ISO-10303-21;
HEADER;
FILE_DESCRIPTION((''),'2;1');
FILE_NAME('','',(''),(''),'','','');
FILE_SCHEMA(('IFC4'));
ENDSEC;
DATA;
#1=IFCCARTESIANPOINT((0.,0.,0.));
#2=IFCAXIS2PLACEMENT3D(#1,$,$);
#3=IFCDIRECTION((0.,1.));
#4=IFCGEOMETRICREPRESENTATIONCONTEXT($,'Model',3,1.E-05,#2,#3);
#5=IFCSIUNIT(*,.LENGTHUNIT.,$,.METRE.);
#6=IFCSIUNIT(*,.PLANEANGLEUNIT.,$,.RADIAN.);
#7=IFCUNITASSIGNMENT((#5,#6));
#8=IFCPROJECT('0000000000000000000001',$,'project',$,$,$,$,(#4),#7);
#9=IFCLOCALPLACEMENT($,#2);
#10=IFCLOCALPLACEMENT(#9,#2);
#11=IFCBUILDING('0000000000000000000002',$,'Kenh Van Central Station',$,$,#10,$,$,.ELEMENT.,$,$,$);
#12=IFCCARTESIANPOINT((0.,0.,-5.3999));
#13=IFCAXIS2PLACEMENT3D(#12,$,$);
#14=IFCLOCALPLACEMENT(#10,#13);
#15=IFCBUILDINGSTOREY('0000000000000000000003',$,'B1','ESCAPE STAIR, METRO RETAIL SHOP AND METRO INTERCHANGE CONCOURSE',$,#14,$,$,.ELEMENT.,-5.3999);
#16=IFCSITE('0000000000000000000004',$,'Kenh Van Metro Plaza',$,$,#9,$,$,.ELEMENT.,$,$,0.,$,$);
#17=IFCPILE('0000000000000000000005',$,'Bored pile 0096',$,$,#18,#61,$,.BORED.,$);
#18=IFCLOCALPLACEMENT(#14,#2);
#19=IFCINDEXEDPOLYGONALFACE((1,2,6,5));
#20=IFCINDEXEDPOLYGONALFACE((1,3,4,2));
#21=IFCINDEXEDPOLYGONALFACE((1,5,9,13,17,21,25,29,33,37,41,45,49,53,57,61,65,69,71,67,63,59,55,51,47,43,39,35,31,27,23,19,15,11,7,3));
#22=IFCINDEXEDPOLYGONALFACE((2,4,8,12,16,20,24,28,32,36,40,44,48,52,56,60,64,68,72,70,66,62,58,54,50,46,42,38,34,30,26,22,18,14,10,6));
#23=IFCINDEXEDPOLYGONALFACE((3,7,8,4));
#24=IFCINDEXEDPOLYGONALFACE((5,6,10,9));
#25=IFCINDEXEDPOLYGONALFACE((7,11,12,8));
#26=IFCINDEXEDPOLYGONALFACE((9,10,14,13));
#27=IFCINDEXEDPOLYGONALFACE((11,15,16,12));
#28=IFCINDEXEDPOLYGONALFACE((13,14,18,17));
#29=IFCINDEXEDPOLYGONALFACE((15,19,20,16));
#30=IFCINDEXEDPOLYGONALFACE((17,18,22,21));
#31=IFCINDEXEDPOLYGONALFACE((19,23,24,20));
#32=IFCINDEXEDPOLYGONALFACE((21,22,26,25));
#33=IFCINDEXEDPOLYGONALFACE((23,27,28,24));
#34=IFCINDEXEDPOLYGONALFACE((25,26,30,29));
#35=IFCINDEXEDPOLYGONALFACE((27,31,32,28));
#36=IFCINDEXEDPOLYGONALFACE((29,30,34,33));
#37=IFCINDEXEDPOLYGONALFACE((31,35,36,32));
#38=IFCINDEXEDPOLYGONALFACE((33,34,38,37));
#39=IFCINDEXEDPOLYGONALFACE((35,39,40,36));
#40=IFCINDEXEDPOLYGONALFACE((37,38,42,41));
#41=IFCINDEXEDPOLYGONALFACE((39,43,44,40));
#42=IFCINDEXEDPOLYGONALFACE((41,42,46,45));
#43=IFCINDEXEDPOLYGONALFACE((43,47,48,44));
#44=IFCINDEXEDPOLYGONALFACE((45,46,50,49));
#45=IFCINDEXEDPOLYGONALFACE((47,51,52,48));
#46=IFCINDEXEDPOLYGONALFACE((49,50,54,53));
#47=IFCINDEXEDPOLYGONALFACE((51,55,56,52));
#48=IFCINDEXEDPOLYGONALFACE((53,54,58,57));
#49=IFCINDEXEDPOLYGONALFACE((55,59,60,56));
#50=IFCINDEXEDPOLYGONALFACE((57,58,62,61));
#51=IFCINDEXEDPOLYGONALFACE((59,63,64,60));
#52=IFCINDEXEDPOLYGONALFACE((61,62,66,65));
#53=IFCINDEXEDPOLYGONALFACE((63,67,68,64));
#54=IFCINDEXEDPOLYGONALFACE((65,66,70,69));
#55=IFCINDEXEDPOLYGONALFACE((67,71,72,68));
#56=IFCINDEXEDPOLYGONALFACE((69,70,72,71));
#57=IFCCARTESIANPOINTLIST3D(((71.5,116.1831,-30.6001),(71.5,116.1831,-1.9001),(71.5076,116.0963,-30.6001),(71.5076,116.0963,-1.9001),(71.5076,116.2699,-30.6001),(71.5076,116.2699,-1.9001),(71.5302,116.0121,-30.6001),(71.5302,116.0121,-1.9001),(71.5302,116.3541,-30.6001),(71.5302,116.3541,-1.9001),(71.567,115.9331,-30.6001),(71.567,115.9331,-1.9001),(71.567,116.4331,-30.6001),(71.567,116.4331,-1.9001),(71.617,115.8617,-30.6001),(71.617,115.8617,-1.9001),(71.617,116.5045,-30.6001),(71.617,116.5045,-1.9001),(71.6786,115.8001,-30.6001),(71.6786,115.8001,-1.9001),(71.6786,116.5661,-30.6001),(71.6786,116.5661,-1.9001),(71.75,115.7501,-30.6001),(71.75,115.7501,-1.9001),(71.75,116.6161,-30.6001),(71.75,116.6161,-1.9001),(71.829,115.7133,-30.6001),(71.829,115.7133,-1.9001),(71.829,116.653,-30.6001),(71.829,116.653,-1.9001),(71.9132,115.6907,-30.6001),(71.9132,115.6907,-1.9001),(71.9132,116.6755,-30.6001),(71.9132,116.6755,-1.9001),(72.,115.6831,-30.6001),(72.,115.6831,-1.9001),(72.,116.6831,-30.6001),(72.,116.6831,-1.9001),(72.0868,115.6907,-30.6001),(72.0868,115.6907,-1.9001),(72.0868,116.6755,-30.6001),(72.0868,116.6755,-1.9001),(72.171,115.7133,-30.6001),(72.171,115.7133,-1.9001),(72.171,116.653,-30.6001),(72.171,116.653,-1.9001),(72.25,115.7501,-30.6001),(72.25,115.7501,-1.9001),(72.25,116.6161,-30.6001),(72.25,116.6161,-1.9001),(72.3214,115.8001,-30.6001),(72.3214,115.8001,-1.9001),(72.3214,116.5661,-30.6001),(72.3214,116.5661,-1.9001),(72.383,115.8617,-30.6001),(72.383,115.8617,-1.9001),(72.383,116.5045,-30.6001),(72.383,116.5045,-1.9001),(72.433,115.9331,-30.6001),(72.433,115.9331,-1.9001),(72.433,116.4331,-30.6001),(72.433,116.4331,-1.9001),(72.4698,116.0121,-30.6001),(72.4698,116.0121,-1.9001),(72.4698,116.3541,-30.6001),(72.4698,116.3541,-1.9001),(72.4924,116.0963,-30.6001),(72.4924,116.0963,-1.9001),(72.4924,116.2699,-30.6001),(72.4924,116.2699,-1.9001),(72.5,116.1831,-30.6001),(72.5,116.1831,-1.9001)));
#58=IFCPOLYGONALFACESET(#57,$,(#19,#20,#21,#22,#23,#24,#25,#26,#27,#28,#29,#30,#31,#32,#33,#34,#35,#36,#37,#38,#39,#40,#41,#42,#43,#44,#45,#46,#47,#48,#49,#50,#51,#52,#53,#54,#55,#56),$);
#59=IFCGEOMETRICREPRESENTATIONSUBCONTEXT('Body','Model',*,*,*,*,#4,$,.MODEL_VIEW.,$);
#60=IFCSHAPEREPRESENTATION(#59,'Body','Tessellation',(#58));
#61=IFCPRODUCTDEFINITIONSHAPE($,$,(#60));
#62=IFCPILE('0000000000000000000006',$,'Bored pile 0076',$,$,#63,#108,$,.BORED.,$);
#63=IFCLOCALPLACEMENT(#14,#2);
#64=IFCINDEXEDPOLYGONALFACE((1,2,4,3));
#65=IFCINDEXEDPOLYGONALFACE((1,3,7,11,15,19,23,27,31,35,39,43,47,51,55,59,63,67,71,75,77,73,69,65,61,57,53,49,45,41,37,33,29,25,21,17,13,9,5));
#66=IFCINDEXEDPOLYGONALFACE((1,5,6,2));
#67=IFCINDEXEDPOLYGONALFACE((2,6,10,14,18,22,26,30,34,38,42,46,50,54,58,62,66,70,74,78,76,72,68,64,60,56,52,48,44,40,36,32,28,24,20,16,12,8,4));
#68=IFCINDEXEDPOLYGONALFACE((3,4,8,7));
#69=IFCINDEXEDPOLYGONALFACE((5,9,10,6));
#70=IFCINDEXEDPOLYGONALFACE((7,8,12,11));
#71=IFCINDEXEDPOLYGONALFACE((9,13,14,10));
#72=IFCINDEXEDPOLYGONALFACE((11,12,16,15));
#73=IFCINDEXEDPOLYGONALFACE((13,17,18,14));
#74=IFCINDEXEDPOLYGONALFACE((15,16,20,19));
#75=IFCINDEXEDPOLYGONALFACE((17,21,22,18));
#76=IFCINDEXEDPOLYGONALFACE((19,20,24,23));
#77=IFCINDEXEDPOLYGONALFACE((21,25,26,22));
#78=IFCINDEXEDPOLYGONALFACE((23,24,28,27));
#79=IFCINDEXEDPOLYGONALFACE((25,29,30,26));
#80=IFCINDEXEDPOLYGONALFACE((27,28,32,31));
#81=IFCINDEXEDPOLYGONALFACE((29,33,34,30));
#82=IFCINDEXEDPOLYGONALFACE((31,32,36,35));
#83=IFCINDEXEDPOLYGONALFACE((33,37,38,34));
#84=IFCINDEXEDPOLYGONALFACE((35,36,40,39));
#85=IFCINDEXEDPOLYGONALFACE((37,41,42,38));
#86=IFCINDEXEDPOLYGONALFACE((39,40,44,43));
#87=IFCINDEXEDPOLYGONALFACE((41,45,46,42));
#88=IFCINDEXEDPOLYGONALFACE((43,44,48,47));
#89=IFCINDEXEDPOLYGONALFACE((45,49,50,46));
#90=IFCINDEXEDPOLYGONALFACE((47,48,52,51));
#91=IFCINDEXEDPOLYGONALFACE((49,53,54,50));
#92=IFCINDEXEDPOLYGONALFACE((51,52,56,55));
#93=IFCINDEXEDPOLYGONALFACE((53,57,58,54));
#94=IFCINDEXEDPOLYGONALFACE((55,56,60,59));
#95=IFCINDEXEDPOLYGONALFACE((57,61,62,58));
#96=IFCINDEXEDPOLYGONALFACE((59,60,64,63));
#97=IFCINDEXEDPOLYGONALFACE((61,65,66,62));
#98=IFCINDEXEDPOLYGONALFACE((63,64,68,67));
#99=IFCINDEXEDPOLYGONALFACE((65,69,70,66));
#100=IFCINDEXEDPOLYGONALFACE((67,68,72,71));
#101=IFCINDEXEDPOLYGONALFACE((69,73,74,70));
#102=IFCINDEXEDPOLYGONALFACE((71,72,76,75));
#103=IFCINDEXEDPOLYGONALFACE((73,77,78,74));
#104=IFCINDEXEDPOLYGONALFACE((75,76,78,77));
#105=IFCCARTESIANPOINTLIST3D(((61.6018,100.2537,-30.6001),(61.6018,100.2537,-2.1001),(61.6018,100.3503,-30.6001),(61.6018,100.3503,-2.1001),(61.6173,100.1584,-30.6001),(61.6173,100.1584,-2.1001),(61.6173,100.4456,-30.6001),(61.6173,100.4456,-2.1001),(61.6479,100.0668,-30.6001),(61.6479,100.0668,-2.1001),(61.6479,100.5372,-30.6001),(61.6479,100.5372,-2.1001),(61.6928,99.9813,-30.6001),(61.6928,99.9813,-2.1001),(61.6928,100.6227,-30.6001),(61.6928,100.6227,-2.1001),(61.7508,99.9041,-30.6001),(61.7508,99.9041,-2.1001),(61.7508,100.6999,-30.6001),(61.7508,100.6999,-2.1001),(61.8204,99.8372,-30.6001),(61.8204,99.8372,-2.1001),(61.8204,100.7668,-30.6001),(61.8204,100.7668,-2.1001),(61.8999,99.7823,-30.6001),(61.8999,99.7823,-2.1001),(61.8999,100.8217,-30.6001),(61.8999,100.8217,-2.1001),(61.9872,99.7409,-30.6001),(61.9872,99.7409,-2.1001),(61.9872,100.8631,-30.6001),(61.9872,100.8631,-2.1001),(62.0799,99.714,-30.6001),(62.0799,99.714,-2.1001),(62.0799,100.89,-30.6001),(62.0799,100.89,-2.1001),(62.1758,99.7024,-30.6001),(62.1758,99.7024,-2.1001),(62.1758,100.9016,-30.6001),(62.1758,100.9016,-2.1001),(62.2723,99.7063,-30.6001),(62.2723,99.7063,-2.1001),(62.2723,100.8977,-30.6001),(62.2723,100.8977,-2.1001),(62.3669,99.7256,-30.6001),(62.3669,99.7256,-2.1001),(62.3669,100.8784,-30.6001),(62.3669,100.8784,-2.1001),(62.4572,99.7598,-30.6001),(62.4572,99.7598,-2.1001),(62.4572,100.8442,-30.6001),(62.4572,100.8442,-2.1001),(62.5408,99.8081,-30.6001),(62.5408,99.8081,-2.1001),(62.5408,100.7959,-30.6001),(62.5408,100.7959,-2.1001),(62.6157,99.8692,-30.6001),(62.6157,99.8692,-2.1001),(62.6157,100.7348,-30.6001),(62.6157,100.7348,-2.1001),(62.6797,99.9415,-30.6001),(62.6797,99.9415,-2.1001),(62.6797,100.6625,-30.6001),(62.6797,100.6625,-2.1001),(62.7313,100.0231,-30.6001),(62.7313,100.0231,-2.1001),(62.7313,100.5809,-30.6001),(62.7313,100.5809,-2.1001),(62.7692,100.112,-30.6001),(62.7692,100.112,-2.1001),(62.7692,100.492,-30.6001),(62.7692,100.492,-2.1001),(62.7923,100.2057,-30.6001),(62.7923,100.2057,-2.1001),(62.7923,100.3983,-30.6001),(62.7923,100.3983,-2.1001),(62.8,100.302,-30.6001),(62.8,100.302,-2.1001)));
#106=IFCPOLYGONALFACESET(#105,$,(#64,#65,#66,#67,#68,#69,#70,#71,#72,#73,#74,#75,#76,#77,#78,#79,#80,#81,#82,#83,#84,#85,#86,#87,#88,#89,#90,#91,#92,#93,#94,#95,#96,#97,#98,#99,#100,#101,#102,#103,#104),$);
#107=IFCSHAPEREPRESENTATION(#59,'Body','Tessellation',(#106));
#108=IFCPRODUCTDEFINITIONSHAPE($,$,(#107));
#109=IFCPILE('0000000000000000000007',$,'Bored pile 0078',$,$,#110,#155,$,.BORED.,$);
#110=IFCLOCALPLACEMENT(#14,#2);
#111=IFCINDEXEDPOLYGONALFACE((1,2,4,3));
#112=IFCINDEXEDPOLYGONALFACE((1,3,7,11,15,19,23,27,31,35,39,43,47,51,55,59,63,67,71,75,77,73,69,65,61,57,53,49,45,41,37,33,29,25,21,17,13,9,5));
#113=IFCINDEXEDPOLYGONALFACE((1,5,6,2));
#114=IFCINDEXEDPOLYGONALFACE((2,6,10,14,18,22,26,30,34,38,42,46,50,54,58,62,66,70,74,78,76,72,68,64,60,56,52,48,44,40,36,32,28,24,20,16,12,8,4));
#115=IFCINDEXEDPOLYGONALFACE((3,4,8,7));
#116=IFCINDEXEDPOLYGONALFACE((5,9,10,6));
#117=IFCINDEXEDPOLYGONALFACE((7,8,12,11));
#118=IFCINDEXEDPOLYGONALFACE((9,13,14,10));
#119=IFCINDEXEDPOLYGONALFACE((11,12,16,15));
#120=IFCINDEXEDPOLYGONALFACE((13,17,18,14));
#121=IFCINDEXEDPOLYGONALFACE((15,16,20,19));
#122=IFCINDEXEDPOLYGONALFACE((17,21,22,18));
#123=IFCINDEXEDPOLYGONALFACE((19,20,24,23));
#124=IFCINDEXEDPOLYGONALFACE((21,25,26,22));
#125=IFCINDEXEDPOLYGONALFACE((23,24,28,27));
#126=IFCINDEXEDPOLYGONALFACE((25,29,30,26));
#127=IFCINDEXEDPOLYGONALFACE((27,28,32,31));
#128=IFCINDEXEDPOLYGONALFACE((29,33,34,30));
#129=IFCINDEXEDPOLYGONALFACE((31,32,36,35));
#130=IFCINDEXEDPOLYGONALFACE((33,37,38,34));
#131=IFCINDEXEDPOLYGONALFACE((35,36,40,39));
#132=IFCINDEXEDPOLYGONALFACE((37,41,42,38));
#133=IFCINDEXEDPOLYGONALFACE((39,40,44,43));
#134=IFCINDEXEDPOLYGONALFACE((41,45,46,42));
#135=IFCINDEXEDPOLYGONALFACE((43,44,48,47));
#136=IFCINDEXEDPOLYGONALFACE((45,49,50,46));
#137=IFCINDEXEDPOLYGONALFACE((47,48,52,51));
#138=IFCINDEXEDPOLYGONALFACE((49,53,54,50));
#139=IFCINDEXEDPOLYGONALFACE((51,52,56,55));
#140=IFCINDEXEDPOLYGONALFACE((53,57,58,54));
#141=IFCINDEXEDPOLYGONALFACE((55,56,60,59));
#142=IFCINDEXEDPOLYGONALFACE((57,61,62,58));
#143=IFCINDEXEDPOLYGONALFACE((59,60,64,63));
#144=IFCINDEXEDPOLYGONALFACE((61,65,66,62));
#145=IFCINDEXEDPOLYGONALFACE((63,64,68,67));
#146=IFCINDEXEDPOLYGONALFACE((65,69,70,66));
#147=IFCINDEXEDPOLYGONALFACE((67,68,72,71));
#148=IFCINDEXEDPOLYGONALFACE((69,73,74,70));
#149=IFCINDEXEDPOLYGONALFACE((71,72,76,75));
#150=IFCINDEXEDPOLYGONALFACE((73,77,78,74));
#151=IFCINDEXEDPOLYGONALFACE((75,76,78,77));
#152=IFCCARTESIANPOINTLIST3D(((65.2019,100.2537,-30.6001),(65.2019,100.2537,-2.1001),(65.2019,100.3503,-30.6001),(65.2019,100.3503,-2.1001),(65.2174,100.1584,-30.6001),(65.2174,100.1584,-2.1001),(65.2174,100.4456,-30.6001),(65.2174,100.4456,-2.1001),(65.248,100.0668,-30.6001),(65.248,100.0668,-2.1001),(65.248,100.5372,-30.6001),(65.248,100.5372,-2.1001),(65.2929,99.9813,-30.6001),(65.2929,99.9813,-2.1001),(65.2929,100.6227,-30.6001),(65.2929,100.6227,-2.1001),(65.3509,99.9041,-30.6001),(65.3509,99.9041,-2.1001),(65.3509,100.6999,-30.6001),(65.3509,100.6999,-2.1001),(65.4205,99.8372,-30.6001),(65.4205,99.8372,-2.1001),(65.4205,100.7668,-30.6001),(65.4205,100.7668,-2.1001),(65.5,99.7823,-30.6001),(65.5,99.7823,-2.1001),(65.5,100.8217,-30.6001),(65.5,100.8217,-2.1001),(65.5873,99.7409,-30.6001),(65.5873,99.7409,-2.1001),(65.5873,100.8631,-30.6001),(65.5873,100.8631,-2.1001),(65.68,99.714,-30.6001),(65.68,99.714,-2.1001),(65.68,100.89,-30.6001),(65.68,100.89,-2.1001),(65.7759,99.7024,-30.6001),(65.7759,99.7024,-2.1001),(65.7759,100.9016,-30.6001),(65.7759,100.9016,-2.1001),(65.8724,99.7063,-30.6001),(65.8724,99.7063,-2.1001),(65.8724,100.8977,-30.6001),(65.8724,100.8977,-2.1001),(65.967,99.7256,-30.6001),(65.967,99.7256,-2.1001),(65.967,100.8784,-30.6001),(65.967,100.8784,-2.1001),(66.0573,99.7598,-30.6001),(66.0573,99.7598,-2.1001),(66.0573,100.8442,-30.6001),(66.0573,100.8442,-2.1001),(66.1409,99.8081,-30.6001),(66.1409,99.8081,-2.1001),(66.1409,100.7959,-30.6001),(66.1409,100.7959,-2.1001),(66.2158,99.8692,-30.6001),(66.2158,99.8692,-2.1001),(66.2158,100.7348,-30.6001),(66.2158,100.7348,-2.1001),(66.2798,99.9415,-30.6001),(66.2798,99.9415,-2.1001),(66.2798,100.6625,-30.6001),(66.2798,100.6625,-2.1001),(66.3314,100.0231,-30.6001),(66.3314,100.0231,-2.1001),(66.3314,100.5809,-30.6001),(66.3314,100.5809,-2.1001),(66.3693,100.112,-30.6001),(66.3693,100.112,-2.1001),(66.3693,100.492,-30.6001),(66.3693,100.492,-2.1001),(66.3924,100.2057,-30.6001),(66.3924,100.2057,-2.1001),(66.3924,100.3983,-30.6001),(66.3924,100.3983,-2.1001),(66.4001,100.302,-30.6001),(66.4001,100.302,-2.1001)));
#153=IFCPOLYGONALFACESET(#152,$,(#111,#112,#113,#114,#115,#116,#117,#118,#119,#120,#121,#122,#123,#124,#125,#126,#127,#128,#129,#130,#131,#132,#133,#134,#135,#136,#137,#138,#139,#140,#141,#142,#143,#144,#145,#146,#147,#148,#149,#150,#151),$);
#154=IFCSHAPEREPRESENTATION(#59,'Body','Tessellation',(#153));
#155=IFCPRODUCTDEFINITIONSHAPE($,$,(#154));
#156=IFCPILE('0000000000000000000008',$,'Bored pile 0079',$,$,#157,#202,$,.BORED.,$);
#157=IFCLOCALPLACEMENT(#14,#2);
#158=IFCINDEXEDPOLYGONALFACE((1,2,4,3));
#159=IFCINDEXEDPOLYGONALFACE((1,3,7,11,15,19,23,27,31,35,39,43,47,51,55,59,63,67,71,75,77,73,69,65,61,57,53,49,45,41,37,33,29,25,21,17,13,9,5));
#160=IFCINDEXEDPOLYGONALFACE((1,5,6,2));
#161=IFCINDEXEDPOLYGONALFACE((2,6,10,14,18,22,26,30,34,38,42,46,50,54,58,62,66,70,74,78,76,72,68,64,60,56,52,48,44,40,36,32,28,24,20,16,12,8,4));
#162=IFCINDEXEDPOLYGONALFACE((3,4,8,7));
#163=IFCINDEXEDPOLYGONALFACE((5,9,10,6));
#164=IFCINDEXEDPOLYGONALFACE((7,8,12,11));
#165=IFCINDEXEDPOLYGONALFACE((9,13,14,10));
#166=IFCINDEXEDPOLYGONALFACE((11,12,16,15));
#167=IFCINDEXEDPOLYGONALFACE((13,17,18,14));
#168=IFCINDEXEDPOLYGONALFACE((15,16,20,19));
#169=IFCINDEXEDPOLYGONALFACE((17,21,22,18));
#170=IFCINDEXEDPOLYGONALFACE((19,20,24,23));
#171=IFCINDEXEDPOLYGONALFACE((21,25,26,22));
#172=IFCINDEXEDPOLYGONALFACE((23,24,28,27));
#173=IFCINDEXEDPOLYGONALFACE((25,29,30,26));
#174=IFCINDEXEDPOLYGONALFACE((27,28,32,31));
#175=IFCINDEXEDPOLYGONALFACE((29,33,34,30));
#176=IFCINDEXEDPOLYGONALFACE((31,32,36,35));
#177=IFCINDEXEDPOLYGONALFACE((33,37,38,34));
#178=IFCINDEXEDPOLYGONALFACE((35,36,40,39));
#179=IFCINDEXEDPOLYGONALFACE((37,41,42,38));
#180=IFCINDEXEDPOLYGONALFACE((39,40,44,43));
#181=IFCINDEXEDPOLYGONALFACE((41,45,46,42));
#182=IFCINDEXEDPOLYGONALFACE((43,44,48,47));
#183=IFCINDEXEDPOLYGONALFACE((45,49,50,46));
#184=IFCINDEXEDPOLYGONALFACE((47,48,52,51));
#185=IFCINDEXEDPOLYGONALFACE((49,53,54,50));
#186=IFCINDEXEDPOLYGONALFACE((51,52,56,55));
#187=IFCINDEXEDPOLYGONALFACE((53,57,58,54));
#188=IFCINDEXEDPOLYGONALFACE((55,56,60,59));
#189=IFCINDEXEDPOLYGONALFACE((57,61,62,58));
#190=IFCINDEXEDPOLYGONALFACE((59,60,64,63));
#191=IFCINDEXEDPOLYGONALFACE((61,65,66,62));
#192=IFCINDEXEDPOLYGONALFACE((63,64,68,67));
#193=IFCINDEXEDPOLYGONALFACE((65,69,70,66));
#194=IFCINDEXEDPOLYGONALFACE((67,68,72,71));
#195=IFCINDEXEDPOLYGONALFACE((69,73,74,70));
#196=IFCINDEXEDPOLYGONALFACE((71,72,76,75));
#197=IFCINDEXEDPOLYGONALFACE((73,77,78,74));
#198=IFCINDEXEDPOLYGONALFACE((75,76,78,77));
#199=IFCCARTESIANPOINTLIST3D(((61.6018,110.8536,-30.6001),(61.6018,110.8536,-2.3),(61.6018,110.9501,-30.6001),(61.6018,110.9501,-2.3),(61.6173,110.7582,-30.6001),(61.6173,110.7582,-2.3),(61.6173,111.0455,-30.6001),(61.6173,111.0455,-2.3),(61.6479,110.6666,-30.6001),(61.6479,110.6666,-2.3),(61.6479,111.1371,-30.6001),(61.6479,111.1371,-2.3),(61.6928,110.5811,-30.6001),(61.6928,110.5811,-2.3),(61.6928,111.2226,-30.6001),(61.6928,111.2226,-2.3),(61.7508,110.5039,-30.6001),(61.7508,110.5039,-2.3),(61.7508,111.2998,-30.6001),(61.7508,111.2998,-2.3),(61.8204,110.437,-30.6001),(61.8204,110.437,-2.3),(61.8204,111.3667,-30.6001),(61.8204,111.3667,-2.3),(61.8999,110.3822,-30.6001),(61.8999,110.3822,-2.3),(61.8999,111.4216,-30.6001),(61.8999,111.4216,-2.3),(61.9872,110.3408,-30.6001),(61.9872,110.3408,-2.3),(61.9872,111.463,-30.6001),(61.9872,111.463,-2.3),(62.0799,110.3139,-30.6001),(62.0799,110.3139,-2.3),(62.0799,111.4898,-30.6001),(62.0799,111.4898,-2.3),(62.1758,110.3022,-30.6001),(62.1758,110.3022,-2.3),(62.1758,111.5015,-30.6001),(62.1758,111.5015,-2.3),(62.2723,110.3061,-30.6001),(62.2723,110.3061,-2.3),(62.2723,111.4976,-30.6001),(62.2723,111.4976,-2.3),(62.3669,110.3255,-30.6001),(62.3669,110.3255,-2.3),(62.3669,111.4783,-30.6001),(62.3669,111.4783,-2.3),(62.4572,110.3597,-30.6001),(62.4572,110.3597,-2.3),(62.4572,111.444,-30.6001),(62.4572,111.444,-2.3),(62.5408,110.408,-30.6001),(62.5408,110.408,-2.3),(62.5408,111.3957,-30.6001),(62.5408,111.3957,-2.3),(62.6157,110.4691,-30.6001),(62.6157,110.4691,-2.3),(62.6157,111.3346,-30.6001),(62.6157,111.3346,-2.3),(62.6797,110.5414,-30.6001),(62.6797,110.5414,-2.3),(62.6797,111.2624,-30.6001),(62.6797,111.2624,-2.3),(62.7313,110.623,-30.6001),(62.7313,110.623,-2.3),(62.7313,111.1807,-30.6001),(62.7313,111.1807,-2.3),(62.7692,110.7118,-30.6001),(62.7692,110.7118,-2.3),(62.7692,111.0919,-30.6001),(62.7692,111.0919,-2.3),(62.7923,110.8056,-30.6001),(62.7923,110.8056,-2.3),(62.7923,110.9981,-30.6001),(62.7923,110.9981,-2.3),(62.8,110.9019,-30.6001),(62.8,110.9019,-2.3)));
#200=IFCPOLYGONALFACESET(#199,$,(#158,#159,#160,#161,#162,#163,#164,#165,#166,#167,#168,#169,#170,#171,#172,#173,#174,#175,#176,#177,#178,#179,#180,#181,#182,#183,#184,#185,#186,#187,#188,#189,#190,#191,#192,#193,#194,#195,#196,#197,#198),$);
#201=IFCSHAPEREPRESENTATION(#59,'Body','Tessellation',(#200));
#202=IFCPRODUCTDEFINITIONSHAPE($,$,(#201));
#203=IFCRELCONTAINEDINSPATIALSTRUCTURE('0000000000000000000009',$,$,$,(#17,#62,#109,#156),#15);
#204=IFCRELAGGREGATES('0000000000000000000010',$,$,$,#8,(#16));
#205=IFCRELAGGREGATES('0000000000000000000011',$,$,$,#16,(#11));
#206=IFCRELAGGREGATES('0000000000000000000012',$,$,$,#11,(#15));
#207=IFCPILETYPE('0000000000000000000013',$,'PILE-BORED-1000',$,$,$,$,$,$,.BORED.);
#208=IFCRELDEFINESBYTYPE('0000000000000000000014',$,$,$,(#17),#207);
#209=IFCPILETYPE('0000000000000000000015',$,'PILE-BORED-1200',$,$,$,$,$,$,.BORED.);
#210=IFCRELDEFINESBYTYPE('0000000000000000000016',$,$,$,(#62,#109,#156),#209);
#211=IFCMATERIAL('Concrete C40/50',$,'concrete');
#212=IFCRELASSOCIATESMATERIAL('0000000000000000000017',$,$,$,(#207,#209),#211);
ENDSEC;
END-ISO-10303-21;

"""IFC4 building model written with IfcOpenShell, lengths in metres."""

from ifc_helpers import new_model, si_unit, direction, frame, origin, origin_2d, place, context, subcontext, project, spatial, circle, extrude, material, material_profile, profile_set, type_object, element, save


model = new_model("IFC4")

# Units and contexts
model_context = context("Model", 3, precision=1e-05, world=origin(), true_north=direction((0.0, 1.0)))
body_context = subcontext(model_context, "Body", "Model", "MODEL_VIEW")
ifc_project = project(units=[si_unit("LENGTHUNIT", "METRE"), si_unit("PLANEANGLEUNIT", "RADIAN")], contexts=[model_context])

# Site, building, storey
site_placement = place(None, origin())
site = spatial("IfcSite", under=ifc_project, at=site_placement, Name="Kenh Van Metro Plaza", CompositionType="ELEMENT", RefElevation=0.0)
building_placement = place(site_placement, origin())
building = spatial("IfcBuilding", under=site, at=building_placement, Name="Kenh Van Central Station", CompositionType="ELEMENT")
storey_placement = place(building_placement, frame((0.0, 0.0, -5.3999)))
storey = spatial("IfcBuildingStorey", under=building, at=storey_placement, Name="B1", Description="ESCAPE STAIR, METRO RETAIL SHOP AND METRO INTERCHANGE CONCOURSE", CompositionType="ELEMENT", Elevation=-5.3999)

# Shared definitions
ifc_material_1 = material(Name="Concrete C40/50", Category="concrete")

# Piles
ifc_material_profile_1 = material_profile(ifc_material_1, circle(Radius=0.5, at=origin_2d()), Name="PILE D1000")
ifc_profile_set_1 = profile_set([ifc_material_profile_1], Name="Concrete C40/50")
pile_type_1 = type_object("IfcPileType", Name="PILE-BORED-1000", PredefinedType="BORED", material=ifc_profile_set_1)
for number, where, z_axis, x_axis, name in (
    (1, (72.0, 116.1831, -1.9001), (0.0, 0.0, -1.0), (1.0, 0.0, 0.0), "Bored pile 0096"),
):
    element("IfcPile", number, at=place(storey_placement, frame(where, z_axis=z_axis, x_axis=x_axis)), inside=storey, type_object=pile_type_1, Name=name, PredefinedType="BORED", context=body_context, shape_type="SweptSolid", body=[
        extrude(circle(Radius=0.5, at=origin_2d()), origin(), (0.0, 0.0, 1.0), 28.7),
    ])
ifc_material_profile_2 = material_profile(ifc_material_1, circle(Radius=0.6001, at=origin_2d()), Name="PILE D1200")
ifc_profile_set_2 = profile_set([ifc_material_profile_2], Name="Concrete C40/50")
pile_type_2 = type_object("IfcPileType", Name="PILE-BORED-1200", PredefinedType="BORED", material=ifc_profile_set_2)
for number, where, z_axis, x_axis, name in (
    (2, (62.2, 100.302, -2.1001), (0.0, 0.0, -1.0), (1.0, 0.0, 0.0), "Bored pile 0076"),
    (3, (65.8, 100.302, -2.1001), (0.0, 0.0, -1.0), (1.0, 0.0, 0.0), "Bored pile 0078"),
):
    element("IfcPile", number, at=place(storey_placement, frame(where, z_axis=z_axis, x_axis=x_axis)), inside=storey, type_object=pile_type_2, Name=name, PredefinedType="BORED", context=body_context, shape_type="SweptSolid", body=[
        extrude(circle(Radius=0.6001, at=origin_2d()), origin(), (0.0, 0.0, 1.0), 28.5),
    ])
for number, where, z_axis, x_axis, name in (
    (4, (62.2, 110.9019, -2.3), (0.0, 0.0, -1.0), (1.0, 0.0, 0.0), "Bored pile 0079"),
):
    element("IfcPile", number, at=place(storey_placement, frame(where, z_axis=z_axis, x_axis=x_axis)), inside=storey, type_object=pile_type_2, Name=name, PredefinedType="BORED", context=body_context, shape_type="SweptSolid", body=[
        extrude(circle(Radius=0.6001, at=origin_2d()), origin(), (0.0, 0.0, 1.0), 28.3),
    ])

save(model, "model.ifc")
